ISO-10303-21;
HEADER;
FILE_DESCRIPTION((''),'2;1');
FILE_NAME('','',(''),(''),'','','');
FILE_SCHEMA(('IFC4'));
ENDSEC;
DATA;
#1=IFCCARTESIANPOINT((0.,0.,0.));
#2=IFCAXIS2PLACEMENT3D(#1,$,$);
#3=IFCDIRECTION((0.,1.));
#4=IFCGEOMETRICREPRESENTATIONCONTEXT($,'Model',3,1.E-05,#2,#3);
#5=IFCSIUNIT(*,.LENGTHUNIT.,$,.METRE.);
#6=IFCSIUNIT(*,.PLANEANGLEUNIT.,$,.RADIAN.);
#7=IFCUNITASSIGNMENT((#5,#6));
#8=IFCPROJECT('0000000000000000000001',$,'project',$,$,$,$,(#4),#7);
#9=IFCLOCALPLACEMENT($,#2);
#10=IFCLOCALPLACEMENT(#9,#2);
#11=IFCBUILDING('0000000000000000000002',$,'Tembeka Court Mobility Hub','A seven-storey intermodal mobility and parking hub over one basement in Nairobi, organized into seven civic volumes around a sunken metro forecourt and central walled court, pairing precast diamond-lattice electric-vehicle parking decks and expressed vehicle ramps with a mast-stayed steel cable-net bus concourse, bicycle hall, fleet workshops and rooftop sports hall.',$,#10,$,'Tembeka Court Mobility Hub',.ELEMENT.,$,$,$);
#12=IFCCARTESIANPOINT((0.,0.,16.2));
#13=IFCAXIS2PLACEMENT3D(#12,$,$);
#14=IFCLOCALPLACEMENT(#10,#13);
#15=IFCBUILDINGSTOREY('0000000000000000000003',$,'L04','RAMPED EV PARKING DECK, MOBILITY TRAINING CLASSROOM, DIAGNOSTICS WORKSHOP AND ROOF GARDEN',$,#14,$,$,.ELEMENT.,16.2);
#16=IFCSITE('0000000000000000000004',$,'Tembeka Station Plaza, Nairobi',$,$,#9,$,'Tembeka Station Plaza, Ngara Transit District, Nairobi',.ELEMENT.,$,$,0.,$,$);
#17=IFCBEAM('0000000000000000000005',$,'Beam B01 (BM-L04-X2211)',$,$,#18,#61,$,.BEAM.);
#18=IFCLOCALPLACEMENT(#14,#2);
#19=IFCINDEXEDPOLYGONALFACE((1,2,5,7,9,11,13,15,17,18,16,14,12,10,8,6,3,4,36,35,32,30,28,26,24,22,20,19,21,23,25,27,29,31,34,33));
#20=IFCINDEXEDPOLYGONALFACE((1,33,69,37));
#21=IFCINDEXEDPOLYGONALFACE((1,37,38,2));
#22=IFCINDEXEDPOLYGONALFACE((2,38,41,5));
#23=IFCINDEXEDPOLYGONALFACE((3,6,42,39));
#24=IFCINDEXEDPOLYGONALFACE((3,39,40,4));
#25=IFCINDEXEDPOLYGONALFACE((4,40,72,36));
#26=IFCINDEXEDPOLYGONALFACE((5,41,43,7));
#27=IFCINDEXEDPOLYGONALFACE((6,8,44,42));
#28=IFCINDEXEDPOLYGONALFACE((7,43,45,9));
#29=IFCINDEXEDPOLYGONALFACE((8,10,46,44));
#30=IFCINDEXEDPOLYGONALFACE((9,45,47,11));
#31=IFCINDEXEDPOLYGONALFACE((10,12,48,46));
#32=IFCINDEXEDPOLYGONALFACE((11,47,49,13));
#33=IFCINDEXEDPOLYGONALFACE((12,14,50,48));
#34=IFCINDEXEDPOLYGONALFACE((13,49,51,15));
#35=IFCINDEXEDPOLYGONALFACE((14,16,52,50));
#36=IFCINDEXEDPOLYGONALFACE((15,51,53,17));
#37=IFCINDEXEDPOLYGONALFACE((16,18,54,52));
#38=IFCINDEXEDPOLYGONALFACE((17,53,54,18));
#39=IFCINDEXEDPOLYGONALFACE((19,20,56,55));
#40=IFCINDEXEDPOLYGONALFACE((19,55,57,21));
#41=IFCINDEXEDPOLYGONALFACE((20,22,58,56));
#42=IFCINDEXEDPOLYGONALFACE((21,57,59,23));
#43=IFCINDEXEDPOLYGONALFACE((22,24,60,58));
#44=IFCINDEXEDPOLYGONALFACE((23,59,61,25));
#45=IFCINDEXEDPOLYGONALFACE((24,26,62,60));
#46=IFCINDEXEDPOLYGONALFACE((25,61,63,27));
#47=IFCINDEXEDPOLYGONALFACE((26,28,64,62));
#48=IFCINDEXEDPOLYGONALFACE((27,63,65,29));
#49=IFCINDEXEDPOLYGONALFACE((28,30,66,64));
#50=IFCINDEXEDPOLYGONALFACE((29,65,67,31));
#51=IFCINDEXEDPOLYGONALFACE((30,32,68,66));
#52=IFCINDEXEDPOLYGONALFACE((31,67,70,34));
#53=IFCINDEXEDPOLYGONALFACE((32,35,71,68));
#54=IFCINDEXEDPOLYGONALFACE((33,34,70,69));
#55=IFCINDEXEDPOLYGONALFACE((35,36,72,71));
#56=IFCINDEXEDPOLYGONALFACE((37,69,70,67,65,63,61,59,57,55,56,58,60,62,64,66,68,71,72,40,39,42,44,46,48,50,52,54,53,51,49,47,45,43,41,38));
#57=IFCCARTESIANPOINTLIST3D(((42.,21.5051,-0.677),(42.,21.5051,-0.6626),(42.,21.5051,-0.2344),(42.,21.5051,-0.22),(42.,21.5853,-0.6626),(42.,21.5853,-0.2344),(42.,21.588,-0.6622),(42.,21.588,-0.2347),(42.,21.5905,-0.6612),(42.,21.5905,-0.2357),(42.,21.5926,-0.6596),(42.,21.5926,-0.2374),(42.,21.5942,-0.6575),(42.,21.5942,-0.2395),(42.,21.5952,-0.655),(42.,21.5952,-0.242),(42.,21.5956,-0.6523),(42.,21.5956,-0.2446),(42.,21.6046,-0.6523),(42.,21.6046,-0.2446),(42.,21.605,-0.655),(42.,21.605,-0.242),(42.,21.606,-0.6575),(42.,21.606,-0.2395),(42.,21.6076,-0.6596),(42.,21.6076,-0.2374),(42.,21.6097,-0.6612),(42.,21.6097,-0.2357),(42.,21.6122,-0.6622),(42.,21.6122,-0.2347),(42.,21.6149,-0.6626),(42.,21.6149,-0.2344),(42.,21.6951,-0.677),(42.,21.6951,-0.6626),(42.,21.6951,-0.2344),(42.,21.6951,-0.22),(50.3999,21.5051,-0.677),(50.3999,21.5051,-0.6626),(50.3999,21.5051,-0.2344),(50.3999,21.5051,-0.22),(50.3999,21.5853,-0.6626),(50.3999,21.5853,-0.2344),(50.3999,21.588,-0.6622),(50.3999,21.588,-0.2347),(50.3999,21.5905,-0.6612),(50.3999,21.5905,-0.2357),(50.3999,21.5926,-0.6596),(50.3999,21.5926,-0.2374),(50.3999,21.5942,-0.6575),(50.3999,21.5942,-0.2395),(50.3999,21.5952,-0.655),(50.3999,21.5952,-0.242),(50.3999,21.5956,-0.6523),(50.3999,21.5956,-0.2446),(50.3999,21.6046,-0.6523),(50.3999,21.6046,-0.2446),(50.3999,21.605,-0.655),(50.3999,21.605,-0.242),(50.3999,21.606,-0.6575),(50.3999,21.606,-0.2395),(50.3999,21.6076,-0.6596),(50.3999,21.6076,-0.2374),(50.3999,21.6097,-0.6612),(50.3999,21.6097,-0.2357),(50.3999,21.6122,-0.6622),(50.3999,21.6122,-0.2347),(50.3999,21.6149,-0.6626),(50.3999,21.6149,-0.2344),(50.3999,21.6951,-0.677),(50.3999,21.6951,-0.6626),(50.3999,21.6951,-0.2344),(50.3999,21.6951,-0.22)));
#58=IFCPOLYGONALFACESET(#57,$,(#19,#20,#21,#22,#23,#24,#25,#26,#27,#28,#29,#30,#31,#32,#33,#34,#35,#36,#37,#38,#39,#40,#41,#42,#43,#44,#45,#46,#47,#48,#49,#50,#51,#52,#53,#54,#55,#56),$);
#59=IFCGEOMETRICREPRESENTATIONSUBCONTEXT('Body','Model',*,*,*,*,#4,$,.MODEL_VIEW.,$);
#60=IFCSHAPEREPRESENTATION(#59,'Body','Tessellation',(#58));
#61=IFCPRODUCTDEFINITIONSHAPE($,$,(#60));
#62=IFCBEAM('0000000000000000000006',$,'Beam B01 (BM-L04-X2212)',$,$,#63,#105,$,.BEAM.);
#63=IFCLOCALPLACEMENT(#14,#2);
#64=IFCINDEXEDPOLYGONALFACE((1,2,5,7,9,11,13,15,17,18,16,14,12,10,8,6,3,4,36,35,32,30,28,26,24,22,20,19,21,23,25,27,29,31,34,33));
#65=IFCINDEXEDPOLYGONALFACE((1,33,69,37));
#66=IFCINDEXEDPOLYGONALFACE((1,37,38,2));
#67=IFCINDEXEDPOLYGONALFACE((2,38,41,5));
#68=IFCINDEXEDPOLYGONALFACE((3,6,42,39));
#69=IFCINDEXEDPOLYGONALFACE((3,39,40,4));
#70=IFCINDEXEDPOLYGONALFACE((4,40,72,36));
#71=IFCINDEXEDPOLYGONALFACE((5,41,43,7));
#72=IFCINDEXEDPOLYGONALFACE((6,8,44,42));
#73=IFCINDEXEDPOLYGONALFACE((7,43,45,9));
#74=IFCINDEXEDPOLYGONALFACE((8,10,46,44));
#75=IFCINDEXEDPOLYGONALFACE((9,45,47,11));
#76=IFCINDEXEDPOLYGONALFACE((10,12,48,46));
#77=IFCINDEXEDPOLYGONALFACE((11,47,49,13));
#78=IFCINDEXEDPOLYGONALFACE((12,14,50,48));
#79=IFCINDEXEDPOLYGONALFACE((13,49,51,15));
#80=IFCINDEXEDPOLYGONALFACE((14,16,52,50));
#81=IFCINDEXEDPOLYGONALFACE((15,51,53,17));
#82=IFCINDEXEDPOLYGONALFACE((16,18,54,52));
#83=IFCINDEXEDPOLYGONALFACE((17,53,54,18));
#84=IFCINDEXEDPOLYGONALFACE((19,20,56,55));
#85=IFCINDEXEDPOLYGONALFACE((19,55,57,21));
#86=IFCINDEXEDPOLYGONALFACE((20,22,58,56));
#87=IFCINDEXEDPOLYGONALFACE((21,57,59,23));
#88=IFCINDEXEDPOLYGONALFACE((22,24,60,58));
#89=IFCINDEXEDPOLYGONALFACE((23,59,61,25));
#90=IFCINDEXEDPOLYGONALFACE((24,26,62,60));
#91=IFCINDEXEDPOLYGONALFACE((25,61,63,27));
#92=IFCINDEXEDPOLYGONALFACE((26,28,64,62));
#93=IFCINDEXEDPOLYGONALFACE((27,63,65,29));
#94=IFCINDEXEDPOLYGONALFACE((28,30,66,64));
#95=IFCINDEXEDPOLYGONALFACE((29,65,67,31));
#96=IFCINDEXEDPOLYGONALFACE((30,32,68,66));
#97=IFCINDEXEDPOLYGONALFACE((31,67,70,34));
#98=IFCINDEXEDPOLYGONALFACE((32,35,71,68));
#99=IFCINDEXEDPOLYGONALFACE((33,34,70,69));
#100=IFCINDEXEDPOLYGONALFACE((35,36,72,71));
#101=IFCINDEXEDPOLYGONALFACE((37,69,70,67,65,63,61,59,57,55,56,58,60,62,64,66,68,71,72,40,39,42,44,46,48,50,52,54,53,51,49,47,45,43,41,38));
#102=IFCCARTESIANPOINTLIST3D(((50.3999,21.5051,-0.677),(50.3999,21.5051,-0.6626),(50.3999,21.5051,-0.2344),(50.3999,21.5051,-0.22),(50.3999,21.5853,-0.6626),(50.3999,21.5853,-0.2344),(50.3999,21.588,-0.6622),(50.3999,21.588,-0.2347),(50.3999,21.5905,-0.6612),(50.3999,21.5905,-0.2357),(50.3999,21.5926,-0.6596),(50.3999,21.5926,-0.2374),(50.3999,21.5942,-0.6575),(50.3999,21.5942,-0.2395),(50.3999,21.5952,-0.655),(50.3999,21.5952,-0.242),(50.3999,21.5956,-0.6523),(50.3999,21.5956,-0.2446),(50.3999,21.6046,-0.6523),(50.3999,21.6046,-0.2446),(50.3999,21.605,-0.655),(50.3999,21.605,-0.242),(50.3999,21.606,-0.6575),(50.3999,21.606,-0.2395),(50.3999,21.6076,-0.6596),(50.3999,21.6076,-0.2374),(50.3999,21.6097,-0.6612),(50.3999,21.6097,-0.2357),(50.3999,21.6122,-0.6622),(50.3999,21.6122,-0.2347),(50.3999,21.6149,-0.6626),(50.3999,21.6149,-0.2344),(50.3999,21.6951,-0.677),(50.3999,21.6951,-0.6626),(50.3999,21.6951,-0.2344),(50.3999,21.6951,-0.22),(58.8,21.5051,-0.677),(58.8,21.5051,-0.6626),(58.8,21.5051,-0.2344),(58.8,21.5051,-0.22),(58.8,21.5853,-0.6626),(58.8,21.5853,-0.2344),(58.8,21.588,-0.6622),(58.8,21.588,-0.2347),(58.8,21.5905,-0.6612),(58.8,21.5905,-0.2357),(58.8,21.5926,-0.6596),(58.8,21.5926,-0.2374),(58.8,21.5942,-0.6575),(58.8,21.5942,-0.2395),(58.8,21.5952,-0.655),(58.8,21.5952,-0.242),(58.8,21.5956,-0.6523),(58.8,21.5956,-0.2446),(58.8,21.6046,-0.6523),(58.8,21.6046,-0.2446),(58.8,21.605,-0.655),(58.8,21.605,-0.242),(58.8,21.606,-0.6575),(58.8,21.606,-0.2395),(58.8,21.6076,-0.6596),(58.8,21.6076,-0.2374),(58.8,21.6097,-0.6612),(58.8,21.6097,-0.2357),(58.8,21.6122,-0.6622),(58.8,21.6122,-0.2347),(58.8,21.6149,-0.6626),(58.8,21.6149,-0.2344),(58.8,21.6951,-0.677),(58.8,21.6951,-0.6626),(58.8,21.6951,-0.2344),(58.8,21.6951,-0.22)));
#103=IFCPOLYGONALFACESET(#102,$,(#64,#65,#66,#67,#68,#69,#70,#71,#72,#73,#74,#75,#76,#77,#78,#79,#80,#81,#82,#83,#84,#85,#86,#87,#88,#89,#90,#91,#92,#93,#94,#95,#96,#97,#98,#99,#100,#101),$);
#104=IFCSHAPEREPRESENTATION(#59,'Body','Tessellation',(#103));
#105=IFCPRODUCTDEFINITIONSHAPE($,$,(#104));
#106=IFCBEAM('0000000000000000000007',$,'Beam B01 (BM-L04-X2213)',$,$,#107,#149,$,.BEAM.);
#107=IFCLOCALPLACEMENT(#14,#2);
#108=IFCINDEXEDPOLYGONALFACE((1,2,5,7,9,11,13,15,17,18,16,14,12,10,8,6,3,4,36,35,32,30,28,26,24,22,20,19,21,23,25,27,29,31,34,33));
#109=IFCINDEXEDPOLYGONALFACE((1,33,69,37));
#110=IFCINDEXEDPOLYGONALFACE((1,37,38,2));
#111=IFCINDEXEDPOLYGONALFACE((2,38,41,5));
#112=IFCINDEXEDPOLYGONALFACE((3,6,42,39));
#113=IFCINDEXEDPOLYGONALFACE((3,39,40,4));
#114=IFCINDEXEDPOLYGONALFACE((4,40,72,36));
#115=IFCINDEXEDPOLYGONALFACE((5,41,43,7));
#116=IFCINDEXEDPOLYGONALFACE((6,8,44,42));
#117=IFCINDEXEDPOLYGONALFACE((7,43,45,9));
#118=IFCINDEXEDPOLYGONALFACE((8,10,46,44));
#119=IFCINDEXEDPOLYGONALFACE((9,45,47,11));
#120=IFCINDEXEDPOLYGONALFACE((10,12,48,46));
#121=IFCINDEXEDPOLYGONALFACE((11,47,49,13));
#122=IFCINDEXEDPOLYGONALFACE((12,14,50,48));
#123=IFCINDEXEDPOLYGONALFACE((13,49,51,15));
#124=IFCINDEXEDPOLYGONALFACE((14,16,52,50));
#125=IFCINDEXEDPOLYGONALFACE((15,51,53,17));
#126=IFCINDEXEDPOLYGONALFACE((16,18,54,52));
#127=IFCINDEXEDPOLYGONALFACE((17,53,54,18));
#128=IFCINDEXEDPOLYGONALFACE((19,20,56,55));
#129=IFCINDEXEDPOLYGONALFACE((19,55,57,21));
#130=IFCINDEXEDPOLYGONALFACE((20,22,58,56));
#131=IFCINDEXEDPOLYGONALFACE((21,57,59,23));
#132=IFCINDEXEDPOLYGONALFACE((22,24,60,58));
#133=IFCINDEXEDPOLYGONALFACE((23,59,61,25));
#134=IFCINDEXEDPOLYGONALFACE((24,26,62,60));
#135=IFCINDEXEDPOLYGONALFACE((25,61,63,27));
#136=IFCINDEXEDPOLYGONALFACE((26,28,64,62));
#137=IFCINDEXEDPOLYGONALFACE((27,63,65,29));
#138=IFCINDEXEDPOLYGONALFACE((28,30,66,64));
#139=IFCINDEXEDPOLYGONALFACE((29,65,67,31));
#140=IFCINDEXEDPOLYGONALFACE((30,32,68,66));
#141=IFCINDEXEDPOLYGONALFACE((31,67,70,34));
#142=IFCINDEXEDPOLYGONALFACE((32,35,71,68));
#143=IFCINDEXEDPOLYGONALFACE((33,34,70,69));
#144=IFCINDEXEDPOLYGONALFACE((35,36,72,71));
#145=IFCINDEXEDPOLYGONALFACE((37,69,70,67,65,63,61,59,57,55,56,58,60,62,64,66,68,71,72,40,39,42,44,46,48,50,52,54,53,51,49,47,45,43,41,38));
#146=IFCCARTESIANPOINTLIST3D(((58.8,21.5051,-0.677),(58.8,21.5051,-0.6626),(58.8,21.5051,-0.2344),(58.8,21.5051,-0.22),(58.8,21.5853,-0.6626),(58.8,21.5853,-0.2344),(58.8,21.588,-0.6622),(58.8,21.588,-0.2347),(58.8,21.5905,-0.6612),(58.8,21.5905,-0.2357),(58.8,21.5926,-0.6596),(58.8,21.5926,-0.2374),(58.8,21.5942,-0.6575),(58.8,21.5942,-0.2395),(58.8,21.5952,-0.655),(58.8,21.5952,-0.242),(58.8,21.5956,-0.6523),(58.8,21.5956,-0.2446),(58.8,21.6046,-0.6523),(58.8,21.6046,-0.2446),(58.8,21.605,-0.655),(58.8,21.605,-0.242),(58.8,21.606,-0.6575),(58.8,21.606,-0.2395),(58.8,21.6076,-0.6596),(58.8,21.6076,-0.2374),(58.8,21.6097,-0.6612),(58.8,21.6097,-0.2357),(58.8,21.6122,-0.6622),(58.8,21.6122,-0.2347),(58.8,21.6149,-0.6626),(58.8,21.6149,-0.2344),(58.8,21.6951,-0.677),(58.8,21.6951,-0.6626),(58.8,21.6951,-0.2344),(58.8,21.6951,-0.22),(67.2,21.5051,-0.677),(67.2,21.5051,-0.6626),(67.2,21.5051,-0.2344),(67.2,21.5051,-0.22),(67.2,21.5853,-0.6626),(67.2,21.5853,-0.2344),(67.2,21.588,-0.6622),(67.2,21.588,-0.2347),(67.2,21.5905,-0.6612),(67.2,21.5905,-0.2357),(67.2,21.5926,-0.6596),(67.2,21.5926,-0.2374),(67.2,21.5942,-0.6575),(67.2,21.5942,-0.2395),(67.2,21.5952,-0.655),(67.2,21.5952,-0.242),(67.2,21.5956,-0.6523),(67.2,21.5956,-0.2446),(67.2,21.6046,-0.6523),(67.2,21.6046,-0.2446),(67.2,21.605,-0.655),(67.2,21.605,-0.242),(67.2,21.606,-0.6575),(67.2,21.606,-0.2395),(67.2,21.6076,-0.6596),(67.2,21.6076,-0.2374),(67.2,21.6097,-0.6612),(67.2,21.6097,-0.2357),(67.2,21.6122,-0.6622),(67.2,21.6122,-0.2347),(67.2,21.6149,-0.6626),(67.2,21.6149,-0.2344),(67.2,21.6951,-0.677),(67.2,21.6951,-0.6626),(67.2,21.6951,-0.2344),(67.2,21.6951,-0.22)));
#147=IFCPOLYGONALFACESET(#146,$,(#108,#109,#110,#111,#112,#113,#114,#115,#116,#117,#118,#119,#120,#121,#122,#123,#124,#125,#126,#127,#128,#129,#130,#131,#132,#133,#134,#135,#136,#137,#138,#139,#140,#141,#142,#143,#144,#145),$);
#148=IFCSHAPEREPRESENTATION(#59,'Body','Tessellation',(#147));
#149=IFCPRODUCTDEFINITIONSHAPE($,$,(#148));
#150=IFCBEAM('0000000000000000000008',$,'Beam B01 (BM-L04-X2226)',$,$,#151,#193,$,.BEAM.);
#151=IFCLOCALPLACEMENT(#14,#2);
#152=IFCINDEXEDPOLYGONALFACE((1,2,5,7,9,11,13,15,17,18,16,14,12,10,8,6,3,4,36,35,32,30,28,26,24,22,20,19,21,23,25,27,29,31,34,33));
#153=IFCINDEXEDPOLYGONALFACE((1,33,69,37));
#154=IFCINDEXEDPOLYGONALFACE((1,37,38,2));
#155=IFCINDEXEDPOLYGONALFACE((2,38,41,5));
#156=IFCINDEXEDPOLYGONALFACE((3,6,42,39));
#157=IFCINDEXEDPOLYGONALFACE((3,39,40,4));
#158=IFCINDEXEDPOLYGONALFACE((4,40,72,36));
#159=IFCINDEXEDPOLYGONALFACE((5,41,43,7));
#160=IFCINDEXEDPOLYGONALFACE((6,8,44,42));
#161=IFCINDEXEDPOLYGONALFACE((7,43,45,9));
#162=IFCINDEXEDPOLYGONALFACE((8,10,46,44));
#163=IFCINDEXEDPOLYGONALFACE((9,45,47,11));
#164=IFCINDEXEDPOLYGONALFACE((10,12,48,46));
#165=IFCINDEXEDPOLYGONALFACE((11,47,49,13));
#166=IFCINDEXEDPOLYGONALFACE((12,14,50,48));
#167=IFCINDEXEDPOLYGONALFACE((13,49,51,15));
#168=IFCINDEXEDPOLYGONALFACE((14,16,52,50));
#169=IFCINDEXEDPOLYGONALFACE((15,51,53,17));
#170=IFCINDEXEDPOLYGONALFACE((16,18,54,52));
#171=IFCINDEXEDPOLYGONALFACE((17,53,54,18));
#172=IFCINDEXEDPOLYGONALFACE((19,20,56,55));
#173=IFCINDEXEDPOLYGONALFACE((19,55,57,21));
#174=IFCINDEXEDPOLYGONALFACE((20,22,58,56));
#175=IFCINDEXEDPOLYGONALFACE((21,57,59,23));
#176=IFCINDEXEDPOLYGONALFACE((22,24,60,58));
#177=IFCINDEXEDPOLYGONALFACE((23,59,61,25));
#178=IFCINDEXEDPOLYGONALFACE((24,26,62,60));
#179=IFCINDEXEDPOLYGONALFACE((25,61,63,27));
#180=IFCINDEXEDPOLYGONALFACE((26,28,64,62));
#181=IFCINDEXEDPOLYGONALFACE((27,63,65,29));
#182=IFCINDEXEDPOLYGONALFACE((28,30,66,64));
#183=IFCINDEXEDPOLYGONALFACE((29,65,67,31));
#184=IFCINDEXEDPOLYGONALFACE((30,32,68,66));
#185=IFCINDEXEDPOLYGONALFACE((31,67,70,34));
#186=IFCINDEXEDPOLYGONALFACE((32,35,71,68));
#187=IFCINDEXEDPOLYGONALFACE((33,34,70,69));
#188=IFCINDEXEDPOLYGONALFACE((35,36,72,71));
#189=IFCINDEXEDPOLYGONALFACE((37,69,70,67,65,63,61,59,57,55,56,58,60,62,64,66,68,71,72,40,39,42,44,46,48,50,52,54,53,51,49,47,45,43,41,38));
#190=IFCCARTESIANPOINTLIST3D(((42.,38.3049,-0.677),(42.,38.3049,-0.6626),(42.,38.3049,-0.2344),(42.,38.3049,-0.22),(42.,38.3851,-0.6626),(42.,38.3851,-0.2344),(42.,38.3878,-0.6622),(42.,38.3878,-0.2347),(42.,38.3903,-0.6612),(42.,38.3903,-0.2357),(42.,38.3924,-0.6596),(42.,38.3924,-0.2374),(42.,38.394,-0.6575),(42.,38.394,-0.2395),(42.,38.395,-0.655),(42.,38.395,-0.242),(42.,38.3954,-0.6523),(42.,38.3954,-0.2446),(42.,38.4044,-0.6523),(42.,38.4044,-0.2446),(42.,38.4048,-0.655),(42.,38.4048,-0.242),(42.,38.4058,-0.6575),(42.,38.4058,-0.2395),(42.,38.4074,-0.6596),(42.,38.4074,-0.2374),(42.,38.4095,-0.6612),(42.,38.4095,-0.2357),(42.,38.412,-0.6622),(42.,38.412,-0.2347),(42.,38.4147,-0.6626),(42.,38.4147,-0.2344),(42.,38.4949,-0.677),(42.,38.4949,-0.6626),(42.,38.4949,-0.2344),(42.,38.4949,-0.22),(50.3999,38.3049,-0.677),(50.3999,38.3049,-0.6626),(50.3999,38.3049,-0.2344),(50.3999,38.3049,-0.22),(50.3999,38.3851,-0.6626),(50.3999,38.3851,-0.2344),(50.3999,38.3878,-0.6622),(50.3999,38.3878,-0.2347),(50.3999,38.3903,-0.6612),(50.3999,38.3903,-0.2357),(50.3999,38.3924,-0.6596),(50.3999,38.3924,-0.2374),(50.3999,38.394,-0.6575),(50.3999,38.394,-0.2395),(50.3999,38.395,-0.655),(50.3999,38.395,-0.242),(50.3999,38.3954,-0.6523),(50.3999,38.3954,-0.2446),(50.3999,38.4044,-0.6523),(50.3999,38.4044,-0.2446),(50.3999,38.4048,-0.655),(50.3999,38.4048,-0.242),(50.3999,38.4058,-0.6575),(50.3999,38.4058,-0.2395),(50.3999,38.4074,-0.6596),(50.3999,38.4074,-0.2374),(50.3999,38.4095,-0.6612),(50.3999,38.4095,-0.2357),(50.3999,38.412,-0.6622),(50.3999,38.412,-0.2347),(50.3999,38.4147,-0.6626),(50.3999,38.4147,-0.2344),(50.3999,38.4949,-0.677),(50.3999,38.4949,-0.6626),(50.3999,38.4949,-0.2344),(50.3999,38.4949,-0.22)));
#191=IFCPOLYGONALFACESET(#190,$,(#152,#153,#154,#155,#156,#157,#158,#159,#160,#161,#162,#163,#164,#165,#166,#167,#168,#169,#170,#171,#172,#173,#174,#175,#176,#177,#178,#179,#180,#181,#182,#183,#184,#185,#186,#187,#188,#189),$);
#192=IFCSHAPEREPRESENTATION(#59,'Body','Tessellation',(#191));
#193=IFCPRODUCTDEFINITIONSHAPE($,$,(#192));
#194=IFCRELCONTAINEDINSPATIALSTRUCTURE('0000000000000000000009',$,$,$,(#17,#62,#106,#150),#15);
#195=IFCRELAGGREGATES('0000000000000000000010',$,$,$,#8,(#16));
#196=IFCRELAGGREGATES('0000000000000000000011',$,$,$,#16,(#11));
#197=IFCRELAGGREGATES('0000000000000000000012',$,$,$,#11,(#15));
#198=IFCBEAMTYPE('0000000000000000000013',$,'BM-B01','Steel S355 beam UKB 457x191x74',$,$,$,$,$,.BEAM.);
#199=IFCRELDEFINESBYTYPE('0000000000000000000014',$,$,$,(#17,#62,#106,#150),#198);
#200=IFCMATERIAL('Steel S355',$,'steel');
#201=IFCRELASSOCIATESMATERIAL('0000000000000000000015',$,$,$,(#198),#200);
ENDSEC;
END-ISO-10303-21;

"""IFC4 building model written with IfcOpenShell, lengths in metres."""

from ifc_helpers import new_model, si_unit, direction, frame, origin, origin_2d, place, context, subcontext, project, spatial, i_section, extrude, material, material_profile, profile_set, type_object, element, save


model = new_model("IFC4")

# Units and contexts
model_context = context("Model", 3, precision=1e-05, world=origin(), true_north=direction((0.0, 1.0)))
body_context = subcontext(model_context, "Body", "Model", "MODEL_VIEW")
ifc_project = project(units=[si_unit("LENGTHUNIT", "METRE"), si_unit("PLANEANGLEUNIT", "RADIAN")], contexts=[model_context])

# Site, building, storey
site_placement = place(None, origin())
site = spatial("IfcSite", under=ifc_project, at=site_placement, Name="Tembeka Station Plaza, Nairobi", LongName="Tembeka Station Plaza, Ngara Transit District, Nairobi", CompositionType="ELEMENT", RefElevation=0.0)
building_placement = place(site_placement, origin())
building = spatial("IfcBuilding", under=site, at=building_placement, Name="Tembeka Court Mobility Hub", Description="A seven-storey intermodal mobility and parking hub over one basement in Nairobi, organized into seven civic volumes around a sunken metro forecourt and central walled court, pairing precast diamond-lattice electric-vehicle parking decks and expressed vehicle ramps with a mast-stayed steel cable-net bus concourse, bicycle hall, fleet workshops and rooftop sports hall.", LongName="Tembeka Court Mobility Hub", CompositionType="ELEMENT")
storey_placement = place(building_placement, frame((0.0, 0.0, 16.2)))
storey = spatial("IfcBuildingStorey", under=building, at=storey_placement, Name="L04", Description="RAMPED EV PARKING DECK, MOBILITY TRAINING CLASSROOM, DIAGNOSTICS WORKSHOP AND ROOF GARDEN", CompositionType="ELEMENT", Elevation=16.2)

# Shared definitions
ifc_material_1 = material(Name="Steel S355", Category="steel")

# Beams
ifc_material_profile_1 = material_profile(ifc_material_1, i_section(OverallWidth=0.1899, OverallDepth=0.457, WebThickness=0.009, FlangeThickness=0.0144, FilletRadius=0.0103, at=origin_2d()), Name="UKB 457x191x74")
ifc_profile_set_1 = profile_set([ifc_material_profile_1], Name="Steel S355")
beam_type_1 = type_object("IfcBeamType", Name="BM-B01", Description="Steel S355 beam UKB 457x191x74", PredefinedType="BEAM", material=ifc_profile_set_1)
beam_1_placement = place(storey_placement, frame((42.0, 21.6001, -0.4485), z_axis=(1.0, 0.0, 0.0), x_axis=(0.0, 1.0, 0.0)))
element("IfcBeam", 1, at=beam_1_placement, inside=storey, type_object=beam_type_1, Name="Beam B01 (BM-L04-X2211)", PredefinedType="BEAM", context=body_context, shape_type="SweptSolid", body=[
    extrude(i_section(OverallWidth=0.1899, OverallDepth=0.457, WebThickness=0.009, FlangeThickness=0.0144, FilletRadius=0.0103, at=origin_2d()), origin(), (0.0, 0.0, 1.0), 8.3999),
])
beam_2_placement = place(storey_placement, frame((50.3999, 21.6001, -0.4485), z_axis=(1.0, 0.0, 0.0), x_axis=(0.0, 1.0, 0.0)))
element("IfcBeam", 2, at=beam_2_placement, inside=storey, type_object=beam_type_1, Name="Beam B01 (BM-L04-X2212)", PredefinedType="BEAM", context=body_context, shape_type="SweptSolid", body=[
    extrude(i_section(OverallWidth=0.1899, OverallDepth=0.457, WebThickness=0.009, FlangeThickness=0.0144, FilletRadius=0.0103, at=origin_2d()), origin(), (0.0, 0.0, 1.0), 8.4001),
])
for number, where, z_axis, x_axis, name in (
    (3, (58.8, 21.6001, -0.4485), (1.0, 0.0, 0.0), (0.0, 1.0, 0.0), "Beam B01 (BM-L04-X2213)"),
    (4, (42.0, 38.3999, -0.4485), (1.0, 0.0, 0.0), (0.0, 1.0, 0.0), "Beam B01 (BM-L04-X2226)"),
):
    element("IfcBeam", number, at=place(storey_placement, frame(where, z_axis=z_axis, x_axis=x_axis)), inside=storey, type_object=beam_type_1, Name=name, PredefinedType="BEAM", context=body_context, shape_type="SweptSolid", body=[
        extrude(i_section(OverallWidth=0.1899, OverallDepth=0.457, WebThickness=0.009, FlangeThickness=0.0144, FilletRadius=0.0103, at=origin_2d()), origin(), (0.0, 0.0, 1.0), 8.3999),
    ])

save(model, "model.ifc")
